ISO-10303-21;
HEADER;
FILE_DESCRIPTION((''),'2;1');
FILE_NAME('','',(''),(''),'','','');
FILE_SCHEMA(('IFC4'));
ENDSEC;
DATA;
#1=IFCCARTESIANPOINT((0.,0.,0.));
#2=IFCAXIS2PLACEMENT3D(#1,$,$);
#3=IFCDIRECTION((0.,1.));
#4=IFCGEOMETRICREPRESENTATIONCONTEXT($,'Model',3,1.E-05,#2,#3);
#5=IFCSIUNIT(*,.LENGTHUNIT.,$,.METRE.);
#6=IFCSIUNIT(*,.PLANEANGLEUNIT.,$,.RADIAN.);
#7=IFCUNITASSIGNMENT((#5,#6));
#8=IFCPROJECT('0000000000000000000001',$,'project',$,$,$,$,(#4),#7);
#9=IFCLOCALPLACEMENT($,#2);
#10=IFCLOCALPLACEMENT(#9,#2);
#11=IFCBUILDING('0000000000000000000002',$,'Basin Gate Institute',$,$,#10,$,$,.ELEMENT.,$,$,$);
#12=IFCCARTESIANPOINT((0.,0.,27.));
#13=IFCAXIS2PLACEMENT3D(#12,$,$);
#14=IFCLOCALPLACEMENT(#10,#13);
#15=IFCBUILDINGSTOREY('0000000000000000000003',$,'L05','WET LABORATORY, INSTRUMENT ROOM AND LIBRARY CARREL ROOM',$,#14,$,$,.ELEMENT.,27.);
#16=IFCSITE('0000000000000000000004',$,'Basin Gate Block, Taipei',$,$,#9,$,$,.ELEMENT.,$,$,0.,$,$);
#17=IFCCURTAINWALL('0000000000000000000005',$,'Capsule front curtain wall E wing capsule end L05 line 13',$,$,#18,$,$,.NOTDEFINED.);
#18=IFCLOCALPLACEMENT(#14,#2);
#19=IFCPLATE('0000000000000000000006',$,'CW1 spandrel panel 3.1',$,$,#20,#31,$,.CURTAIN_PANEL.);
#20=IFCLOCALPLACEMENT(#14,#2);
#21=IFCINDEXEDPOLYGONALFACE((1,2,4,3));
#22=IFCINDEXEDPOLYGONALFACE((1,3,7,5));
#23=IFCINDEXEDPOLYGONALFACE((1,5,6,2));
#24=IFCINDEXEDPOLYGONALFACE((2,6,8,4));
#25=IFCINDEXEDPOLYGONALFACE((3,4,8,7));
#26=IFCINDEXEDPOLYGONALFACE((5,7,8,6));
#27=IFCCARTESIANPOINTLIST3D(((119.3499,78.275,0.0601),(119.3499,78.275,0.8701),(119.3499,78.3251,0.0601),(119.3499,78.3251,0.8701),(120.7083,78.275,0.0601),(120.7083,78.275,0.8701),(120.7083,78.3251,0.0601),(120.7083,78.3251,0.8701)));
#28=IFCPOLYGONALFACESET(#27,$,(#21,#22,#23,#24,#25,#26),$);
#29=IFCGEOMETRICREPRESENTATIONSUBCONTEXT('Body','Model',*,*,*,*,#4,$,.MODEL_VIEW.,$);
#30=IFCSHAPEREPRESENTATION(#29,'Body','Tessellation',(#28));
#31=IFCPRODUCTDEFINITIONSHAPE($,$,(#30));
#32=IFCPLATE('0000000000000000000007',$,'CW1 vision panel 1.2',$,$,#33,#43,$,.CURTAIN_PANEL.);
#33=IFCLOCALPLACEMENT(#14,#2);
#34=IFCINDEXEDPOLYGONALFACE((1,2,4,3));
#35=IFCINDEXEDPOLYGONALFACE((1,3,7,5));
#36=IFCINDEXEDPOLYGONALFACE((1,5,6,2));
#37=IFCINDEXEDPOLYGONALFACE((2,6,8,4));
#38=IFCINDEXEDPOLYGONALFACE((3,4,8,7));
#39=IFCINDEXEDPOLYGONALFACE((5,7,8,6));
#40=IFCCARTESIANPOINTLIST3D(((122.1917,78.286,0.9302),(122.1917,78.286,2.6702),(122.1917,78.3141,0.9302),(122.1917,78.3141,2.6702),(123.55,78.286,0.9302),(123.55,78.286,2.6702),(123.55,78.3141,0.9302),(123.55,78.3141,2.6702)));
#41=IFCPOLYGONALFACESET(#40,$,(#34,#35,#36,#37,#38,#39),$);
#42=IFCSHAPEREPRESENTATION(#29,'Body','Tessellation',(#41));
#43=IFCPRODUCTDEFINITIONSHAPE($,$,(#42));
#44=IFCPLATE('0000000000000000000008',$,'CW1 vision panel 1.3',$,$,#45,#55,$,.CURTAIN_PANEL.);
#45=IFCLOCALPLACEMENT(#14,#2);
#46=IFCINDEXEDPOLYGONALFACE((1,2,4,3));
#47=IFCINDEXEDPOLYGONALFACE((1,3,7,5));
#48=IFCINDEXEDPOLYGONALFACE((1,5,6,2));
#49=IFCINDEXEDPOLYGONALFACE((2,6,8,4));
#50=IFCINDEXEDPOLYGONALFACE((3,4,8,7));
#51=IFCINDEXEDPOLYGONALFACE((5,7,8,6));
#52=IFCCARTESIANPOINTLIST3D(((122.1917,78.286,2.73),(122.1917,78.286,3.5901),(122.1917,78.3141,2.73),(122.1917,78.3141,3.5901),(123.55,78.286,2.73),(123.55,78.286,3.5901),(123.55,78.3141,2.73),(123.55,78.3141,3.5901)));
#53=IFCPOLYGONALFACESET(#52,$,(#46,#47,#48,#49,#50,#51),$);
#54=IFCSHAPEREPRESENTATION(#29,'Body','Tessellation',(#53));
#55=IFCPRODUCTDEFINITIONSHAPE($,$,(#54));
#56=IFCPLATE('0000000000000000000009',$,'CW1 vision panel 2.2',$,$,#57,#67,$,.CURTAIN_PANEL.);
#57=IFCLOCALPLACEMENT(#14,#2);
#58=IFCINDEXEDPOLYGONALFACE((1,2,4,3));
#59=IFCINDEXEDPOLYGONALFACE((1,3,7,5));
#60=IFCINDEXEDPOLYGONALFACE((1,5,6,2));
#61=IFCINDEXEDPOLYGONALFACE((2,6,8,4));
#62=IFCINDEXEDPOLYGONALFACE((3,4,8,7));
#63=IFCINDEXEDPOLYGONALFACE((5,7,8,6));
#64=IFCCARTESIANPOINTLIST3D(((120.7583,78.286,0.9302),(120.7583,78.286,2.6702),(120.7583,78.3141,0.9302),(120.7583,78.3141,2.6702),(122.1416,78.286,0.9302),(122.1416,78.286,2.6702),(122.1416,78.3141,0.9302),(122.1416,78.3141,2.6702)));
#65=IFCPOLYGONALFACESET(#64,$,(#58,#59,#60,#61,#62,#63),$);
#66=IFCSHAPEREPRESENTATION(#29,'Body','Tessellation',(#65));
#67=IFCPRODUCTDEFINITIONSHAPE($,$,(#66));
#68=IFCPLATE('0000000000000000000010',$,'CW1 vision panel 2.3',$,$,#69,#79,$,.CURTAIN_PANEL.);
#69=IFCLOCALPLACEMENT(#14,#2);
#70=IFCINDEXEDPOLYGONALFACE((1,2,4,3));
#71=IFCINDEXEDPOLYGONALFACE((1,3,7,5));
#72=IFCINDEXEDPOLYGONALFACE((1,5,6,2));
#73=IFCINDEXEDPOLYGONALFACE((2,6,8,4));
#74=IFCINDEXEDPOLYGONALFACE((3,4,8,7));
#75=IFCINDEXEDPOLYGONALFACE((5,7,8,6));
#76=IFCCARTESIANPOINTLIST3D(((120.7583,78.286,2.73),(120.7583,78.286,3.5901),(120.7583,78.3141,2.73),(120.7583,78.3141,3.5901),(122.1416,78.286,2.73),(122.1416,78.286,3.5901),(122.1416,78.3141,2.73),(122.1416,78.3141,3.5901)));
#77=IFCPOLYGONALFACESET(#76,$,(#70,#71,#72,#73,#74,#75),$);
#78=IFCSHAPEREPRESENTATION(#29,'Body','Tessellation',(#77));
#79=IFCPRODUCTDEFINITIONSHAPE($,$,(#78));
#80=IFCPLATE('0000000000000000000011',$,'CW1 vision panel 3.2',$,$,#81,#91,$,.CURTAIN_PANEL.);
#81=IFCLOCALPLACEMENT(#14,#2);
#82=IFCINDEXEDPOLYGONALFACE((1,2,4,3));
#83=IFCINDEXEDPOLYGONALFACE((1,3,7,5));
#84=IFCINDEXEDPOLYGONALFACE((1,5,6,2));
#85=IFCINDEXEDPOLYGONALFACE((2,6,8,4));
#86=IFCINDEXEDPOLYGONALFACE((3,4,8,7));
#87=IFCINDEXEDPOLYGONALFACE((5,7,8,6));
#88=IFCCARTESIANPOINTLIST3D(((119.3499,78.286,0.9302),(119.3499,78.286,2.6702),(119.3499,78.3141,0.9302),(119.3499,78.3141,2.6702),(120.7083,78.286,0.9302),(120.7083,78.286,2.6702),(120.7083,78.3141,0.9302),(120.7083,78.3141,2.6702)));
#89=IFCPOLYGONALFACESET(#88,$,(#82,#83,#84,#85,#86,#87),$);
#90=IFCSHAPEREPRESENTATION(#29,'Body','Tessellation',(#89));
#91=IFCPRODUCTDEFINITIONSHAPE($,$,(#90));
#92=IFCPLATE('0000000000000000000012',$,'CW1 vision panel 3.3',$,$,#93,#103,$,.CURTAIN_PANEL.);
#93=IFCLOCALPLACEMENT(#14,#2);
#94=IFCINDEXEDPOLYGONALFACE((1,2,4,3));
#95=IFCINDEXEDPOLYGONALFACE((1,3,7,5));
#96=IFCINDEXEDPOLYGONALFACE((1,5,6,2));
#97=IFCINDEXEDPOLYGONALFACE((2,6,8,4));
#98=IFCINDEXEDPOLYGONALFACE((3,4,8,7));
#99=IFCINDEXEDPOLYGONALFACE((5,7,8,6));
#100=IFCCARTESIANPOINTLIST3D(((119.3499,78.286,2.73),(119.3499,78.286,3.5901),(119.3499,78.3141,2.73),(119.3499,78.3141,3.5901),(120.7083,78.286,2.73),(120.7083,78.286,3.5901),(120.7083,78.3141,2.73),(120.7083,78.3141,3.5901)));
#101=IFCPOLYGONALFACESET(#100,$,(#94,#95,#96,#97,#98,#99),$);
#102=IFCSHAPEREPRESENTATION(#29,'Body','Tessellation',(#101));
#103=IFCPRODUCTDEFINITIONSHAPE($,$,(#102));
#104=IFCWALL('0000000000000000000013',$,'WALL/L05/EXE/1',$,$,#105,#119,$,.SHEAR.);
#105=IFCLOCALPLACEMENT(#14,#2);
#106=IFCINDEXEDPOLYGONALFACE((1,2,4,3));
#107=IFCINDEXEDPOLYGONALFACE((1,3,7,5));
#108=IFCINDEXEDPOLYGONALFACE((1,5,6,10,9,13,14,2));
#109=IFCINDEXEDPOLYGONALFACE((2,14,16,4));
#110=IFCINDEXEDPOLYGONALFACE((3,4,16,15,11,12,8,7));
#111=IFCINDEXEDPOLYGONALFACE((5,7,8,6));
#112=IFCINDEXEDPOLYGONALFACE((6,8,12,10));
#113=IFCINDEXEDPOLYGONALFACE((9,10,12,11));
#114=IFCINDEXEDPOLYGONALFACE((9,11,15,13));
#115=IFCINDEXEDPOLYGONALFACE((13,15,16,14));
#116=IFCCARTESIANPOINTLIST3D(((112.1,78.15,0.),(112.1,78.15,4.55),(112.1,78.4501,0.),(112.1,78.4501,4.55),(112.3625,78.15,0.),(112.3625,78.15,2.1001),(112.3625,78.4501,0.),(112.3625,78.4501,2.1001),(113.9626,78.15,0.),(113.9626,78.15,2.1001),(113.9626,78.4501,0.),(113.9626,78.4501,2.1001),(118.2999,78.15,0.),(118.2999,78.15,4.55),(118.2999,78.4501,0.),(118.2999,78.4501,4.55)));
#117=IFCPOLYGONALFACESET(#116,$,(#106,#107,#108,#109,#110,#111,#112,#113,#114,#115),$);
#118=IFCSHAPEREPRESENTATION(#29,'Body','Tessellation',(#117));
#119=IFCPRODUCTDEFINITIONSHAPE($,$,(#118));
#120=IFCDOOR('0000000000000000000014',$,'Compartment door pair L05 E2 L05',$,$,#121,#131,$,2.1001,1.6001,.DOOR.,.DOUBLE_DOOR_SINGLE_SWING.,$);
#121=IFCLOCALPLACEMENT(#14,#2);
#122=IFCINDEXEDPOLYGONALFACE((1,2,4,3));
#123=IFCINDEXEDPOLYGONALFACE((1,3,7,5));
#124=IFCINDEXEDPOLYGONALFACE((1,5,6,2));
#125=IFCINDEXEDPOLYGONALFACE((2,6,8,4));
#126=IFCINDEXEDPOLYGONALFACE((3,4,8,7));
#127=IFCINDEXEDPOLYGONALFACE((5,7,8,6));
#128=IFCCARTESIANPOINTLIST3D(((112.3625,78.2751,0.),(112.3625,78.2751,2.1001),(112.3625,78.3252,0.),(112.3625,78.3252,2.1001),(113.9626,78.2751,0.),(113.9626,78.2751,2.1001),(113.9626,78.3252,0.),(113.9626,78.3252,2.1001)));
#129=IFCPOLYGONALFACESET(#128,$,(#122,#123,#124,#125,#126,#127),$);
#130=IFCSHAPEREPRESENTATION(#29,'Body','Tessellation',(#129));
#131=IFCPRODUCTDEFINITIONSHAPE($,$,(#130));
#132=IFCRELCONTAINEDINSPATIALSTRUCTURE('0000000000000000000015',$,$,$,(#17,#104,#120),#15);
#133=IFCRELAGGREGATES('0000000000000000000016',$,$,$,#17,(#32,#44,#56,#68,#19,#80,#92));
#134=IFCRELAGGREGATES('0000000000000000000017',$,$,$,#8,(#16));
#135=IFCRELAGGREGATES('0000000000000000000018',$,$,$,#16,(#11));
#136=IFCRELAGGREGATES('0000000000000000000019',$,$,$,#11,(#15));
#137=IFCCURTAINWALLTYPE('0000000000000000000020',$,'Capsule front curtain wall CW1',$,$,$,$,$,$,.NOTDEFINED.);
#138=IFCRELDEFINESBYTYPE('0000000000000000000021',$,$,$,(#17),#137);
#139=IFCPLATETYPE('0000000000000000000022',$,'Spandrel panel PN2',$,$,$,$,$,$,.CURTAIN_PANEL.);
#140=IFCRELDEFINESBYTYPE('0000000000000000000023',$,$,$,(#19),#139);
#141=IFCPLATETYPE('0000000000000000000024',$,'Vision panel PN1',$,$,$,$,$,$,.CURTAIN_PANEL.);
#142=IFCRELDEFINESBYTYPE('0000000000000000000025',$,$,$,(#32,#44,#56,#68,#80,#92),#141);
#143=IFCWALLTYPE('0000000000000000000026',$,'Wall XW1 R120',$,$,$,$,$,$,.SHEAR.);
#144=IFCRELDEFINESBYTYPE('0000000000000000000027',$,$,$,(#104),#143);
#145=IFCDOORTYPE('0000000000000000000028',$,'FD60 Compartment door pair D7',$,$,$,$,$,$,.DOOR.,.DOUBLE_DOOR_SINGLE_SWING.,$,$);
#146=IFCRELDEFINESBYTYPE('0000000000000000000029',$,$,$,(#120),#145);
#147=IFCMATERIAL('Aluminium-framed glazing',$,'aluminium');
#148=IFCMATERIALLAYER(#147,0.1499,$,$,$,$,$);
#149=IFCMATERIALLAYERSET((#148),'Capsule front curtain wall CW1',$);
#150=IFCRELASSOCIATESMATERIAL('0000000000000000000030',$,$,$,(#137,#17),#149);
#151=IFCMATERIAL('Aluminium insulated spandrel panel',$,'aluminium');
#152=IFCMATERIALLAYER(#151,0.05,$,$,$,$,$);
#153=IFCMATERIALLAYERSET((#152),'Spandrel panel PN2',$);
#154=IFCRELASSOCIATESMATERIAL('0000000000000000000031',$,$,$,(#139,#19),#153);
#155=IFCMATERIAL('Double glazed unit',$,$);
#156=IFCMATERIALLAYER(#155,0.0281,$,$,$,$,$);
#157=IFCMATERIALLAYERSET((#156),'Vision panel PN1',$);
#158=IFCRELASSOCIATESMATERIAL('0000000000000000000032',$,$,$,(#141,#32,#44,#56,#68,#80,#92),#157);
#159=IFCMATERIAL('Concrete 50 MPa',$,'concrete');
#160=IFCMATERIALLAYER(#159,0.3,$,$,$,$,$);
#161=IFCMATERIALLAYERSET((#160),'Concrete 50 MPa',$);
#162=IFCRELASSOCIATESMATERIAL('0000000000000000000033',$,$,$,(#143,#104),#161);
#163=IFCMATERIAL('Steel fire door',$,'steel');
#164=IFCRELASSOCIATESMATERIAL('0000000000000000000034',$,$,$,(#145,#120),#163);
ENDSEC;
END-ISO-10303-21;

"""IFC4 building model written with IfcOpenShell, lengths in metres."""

from ifc_helpers import new_model, si_unit, direction, frame, frame_2d, origin, origin_2d, place, context, subcontext, project, spatial, rectangle, extrude, material, layer, layer_set, type_object, element, fill, aggregate, save


model = new_model("IFC4")

# Units and contexts
model_context = context("Model", 3, precision=1e-05, world=origin(), true_north=direction((0.0, 1.0)))
body_context = subcontext(model_context, "Body", "Model", "MODEL_VIEW")
ifc_project = project(units=[si_unit("LENGTHUNIT", "METRE"), si_unit("PLANEANGLEUNIT", "RADIAN")], contexts=[model_context])

# Site, building, storey
site_placement = place(None, origin())
site = spatial("IfcSite", under=ifc_project, at=site_placement, Name="Basin Gate Block, Taipei", CompositionType="ELEMENT", RefElevation=0.0)
building_placement = place(site_placement, origin())
building = spatial("IfcBuilding", under=site, at=building_placement, Name="Basin Gate Institute", CompositionType="ELEMENT")
storey_placement = place(building_placement, frame((0.0, 0.0, 27.0)))
storey = spatial("IfcBuildingStorey", under=building, at=storey_placement, Name="L05", Description="WET LABORATORY, INSTRUMENT ROOM AND LIBRARY CARREL ROOM", CompositionType="ELEMENT", Elevation=27.0)

# Curtain wall, plates
ifc_material_1 = material(Name="Aluminium-framed glazing", Category="aluminium")
ifc_layer_1 = layer(ifc_material_1, 0.1499)
ifc_layer_set_1 = layer_set([ifc_layer_1], Name="Capsule front curtain wall CW1")
curtain_wall_type = type_object("IfcCurtainWallType", Name="Capsule front curtain wall CW1", PredefinedType="NOTDEFINED", material=ifc_layer_set_1)
curtain_wall_placement = place(storey_placement, origin())
curtain_wall = element("IfcCurtainWall", 1, at=curtain_wall_placement, inside=storey, type_object=curtain_wall_type, material=ifc_layer_set_1, Name="Capsule front curtain wall E wing capsule end L05 line 13", PredefinedType="NOTDEFINED")
ifc_material_2 = material(Name="Aluminium insulated spandrel panel", Category="aluminium")
ifc_layer_2 = layer(ifc_material_2, 0.05)
ifc_layer_set_2 = layer_set([ifc_layer_2], Name="Spandrel panel PN2")
plate_type_1 = type_object("IfcPlateType", Name="Spandrel panel PN2", PredefinedType="CURTAIN_PANEL", material=ifc_layer_set_2)
plate_1_placement = place(storey_placement, frame((120.0291, 78.3, 0.0601), z_axis=(0.0, 0.0, 1.0), x_axis=(-1.0, 0.0, 0.0)))
plate_1 = element("IfcPlate", 2, at=plate_1_placement, type_object=plate_type_1, material=ifc_layer_set_2, Name="CW1 spandrel panel 3.1", PredefinedType="CURTAIN_PANEL", context=body_context, shape_type="SweptSolid", body=[
    extrude(rectangle(XDim=1.3584, YDim=0.05, at=origin_2d()), origin(), (0.0, 0.0, 1.0), 0.8101),
])
ifc_material_3 = material(Name="Double glazed unit")
ifc_layer_3 = layer(ifc_material_3, 0.0281)
ifc_layer_set_3 = layer_set([ifc_layer_3], Name="Vision panel PN1")
plate_type_2 = type_object("IfcPlateType", Name="Vision panel PN1", PredefinedType="CURTAIN_PANEL", material=ifc_layer_set_3)
plate_2_placement = place(storey_placement, frame((122.8708, 78.3, 0.9302), z_axis=(0.0, 0.0, 1.0), x_axis=(-1.0, 0.0, 0.0)))
plate_2 = element("IfcPlate", 3, at=plate_2_placement, type_object=plate_type_2, material=ifc_layer_set_3, Name="CW1 vision panel 1.2", PredefinedType="CURTAIN_PANEL", context=body_context, shape_type="SweptSolid", body=[
    extrude(rectangle(XDim=1.3584, YDim=0.0281, at=origin_2d()), origin(), (0.0, 0.0, 1.0), 1.74),
])
plate_3_placement = place(storey_placement, frame((122.8708, 78.3, 2.73), z_axis=(0.0, 0.0, 1.0), x_axis=(-1.0, 0.0, 0.0)))
plate_3 = element("IfcPlate", 4, at=plate_3_placement, type_object=plate_type_2, material=ifc_layer_set_3, Name="CW1 vision panel 1.3", PredefinedType="CURTAIN_PANEL", context=body_context, shape_type="SweptSolid", body=[
    extrude(rectangle(XDim=1.3584, YDim=0.0281, at=origin_2d()), origin(), (0.0, 0.0, 1.0), 0.8601),
])
plate_4_placement = place(storey_placement, frame((121.45, 78.3, 0.9302), z_axis=(0.0, 0.0, 1.0), x_axis=(-1.0, 0.0, 0.0)))
plate_4 = element("IfcPlate", 5, at=plate_4_placement, type_object=plate_type_2, material=ifc_layer_set_3, Name="CW1 vision panel 2.2", PredefinedType="CURTAIN_PANEL", context=body_context, shape_type="SweptSolid", body=[
    extrude(rectangle(XDim=1.3833, YDim=0.0281, at=origin_2d()), origin(), (0.0, 0.0, 1.0), 1.74),
])
plate_5_placement = place(storey_placement, frame((121.45, 78.3, 2.73), z_axis=(0.0, 0.0, 1.0), x_axis=(-1.0, 0.0, 0.0)))
plate_5 = element("IfcPlate", 6, at=plate_5_placement, type_object=plate_type_2, material=ifc_layer_set_3, Name="CW1 vision panel 2.3", PredefinedType="CURTAIN_PANEL", context=body_context, shape_type="SweptSolid", body=[
    extrude(rectangle(XDim=1.3833, YDim=0.0281, at=origin_2d()), origin(), (0.0, 0.0, 1.0), 0.8601),
])
plate_6_placement = place(storey_placement, frame((120.0291, 78.3, 0.9302), z_axis=(0.0, 0.0, 1.0), x_axis=(-1.0, 0.0, 0.0)))
plate_6 = element("IfcPlate", 7, at=plate_6_placement, type_object=plate_type_2, material=ifc_layer_set_3, Name="CW1 vision panel 3.2", PredefinedType="CURTAIN_PANEL", context=body_context, shape_type="SweptSolid", body=[
    extrude(rectangle(XDim=1.3584, YDim=0.0281, at=origin_2d()), origin(), (0.0, 0.0, 1.0), 1.74),
])
plate_7_placement = place(storey_placement, frame((120.0291, 78.3, 2.73), z_axis=(0.0, 0.0, 1.0), x_axis=(-1.0, 0.0, 0.0)))
plate_7 = element("IfcPlate", 8, at=plate_7_placement, type_object=plate_type_2, material=ifc_layer_set_3, Name="CW1 vision panel 3.3", PredefinedType="CURTAIN_PANEL", context=body_context, shape_type="SweptSolid", body=[
    extrude(rectangle(XDim=1.3584, YDim=0.0281, at=origin_2d()), origin(), (0.0, 0.0, 1.0), 0.8601),
])
aggregate(curtain_wall, [plate_2, plate_3, plate_4, plate_5, plate_1, plate_6, plate_7])

# Wall, opening, door
ifc_material_4 = material(Name="Concrete 50 MPa", Category="concrete")
ifc_layer_4 = layer(ifc_material_4, 0.3)
ifc_layer_set_4 = layer_set([ifc_layer_4], Name="Concrete 50 MPa")
wall_type = type_object("IfcWallType", Name="Wall XW1 R120", PredefinedType="SHEAR", material=ifc_layer_set_4)
wall_placement = place(storey_placement, frame((118.3, 78.3, 0.0), z_axis=(0.0, 0.0, 1.0), x_axis=(-1.0, 0.0, 0.0)))
wall = element("IfcWall", 9, at=wall_placement, inside=storey, type_object=wall_type, material=ifc_layer_set_4, Name="WALL/L05/EXE/1", PredefinedType="SHEAR", context=body_context, shape_type="SweptSolid", body=[
    extrude(rectangle(XDim=6.2, YDim=0.3, at=frame_2d((3.1001, 0.0))), origin(), (0.0, 0.0, 1.0), 4.55),
])
opening_placement = place(wall_placement, frame((4.3374, 0.0, 0.0)))
opening = element("IfcOpeningElement", 10, at=opening_placement, cuts=wall, PredefinedType="OPENING", context=body_context, shape_type="SweptSolid", body=[
    extrude(rectangle(XDim=1.6001, YDim=2.1001, at=frame_2d((0.8, 1.05))), frame((0.0, 0.1602, 0.0), z_axis=(0.0, -1.0, 0.0), x_axis=(1.0, 0.0, 0.0)), (0.0, 0.0, 1.0), 0.3201),
])
ifc_material_5 = material(Name="Steel fire door", Category="steel")
door_type = type_object("IfcDoorType", Name="FD60 Compartment door pair D7", OperationType="DOUBLE_DOOR_SINGLE_SWING", PredefinedType="DOOR", material=ifc_material_5)
door_placement = place(opening_placement, origin())
door = element("IfcDoor", 11, at=door_placement, inside=storey, type_object=door_type, material=ifc_material_5, Name="Compartment door pair L05 E2 L05", OperationType="DOUBLE_DOOR_SINGLE_SWING", OverallHeight=2.1001, OverallWidth=1.6001, PredefinedType="DOOR", context=body_context, shape_type="SweptSolid", body=[
    extrude(rectangle(XDim=1.6001, YDim=2.1001, at=frame_2d((0.8, 1.05))), frame((0.0, 0.0249, 0.0), z_axis=(0.0, -1.0, 0.0), x_axis=(1.0, 0.0, 0.0)), (0.0, 0.0, 1.0), 0.05),
])
fill(opening, door)

save(model, "model.ifc")
